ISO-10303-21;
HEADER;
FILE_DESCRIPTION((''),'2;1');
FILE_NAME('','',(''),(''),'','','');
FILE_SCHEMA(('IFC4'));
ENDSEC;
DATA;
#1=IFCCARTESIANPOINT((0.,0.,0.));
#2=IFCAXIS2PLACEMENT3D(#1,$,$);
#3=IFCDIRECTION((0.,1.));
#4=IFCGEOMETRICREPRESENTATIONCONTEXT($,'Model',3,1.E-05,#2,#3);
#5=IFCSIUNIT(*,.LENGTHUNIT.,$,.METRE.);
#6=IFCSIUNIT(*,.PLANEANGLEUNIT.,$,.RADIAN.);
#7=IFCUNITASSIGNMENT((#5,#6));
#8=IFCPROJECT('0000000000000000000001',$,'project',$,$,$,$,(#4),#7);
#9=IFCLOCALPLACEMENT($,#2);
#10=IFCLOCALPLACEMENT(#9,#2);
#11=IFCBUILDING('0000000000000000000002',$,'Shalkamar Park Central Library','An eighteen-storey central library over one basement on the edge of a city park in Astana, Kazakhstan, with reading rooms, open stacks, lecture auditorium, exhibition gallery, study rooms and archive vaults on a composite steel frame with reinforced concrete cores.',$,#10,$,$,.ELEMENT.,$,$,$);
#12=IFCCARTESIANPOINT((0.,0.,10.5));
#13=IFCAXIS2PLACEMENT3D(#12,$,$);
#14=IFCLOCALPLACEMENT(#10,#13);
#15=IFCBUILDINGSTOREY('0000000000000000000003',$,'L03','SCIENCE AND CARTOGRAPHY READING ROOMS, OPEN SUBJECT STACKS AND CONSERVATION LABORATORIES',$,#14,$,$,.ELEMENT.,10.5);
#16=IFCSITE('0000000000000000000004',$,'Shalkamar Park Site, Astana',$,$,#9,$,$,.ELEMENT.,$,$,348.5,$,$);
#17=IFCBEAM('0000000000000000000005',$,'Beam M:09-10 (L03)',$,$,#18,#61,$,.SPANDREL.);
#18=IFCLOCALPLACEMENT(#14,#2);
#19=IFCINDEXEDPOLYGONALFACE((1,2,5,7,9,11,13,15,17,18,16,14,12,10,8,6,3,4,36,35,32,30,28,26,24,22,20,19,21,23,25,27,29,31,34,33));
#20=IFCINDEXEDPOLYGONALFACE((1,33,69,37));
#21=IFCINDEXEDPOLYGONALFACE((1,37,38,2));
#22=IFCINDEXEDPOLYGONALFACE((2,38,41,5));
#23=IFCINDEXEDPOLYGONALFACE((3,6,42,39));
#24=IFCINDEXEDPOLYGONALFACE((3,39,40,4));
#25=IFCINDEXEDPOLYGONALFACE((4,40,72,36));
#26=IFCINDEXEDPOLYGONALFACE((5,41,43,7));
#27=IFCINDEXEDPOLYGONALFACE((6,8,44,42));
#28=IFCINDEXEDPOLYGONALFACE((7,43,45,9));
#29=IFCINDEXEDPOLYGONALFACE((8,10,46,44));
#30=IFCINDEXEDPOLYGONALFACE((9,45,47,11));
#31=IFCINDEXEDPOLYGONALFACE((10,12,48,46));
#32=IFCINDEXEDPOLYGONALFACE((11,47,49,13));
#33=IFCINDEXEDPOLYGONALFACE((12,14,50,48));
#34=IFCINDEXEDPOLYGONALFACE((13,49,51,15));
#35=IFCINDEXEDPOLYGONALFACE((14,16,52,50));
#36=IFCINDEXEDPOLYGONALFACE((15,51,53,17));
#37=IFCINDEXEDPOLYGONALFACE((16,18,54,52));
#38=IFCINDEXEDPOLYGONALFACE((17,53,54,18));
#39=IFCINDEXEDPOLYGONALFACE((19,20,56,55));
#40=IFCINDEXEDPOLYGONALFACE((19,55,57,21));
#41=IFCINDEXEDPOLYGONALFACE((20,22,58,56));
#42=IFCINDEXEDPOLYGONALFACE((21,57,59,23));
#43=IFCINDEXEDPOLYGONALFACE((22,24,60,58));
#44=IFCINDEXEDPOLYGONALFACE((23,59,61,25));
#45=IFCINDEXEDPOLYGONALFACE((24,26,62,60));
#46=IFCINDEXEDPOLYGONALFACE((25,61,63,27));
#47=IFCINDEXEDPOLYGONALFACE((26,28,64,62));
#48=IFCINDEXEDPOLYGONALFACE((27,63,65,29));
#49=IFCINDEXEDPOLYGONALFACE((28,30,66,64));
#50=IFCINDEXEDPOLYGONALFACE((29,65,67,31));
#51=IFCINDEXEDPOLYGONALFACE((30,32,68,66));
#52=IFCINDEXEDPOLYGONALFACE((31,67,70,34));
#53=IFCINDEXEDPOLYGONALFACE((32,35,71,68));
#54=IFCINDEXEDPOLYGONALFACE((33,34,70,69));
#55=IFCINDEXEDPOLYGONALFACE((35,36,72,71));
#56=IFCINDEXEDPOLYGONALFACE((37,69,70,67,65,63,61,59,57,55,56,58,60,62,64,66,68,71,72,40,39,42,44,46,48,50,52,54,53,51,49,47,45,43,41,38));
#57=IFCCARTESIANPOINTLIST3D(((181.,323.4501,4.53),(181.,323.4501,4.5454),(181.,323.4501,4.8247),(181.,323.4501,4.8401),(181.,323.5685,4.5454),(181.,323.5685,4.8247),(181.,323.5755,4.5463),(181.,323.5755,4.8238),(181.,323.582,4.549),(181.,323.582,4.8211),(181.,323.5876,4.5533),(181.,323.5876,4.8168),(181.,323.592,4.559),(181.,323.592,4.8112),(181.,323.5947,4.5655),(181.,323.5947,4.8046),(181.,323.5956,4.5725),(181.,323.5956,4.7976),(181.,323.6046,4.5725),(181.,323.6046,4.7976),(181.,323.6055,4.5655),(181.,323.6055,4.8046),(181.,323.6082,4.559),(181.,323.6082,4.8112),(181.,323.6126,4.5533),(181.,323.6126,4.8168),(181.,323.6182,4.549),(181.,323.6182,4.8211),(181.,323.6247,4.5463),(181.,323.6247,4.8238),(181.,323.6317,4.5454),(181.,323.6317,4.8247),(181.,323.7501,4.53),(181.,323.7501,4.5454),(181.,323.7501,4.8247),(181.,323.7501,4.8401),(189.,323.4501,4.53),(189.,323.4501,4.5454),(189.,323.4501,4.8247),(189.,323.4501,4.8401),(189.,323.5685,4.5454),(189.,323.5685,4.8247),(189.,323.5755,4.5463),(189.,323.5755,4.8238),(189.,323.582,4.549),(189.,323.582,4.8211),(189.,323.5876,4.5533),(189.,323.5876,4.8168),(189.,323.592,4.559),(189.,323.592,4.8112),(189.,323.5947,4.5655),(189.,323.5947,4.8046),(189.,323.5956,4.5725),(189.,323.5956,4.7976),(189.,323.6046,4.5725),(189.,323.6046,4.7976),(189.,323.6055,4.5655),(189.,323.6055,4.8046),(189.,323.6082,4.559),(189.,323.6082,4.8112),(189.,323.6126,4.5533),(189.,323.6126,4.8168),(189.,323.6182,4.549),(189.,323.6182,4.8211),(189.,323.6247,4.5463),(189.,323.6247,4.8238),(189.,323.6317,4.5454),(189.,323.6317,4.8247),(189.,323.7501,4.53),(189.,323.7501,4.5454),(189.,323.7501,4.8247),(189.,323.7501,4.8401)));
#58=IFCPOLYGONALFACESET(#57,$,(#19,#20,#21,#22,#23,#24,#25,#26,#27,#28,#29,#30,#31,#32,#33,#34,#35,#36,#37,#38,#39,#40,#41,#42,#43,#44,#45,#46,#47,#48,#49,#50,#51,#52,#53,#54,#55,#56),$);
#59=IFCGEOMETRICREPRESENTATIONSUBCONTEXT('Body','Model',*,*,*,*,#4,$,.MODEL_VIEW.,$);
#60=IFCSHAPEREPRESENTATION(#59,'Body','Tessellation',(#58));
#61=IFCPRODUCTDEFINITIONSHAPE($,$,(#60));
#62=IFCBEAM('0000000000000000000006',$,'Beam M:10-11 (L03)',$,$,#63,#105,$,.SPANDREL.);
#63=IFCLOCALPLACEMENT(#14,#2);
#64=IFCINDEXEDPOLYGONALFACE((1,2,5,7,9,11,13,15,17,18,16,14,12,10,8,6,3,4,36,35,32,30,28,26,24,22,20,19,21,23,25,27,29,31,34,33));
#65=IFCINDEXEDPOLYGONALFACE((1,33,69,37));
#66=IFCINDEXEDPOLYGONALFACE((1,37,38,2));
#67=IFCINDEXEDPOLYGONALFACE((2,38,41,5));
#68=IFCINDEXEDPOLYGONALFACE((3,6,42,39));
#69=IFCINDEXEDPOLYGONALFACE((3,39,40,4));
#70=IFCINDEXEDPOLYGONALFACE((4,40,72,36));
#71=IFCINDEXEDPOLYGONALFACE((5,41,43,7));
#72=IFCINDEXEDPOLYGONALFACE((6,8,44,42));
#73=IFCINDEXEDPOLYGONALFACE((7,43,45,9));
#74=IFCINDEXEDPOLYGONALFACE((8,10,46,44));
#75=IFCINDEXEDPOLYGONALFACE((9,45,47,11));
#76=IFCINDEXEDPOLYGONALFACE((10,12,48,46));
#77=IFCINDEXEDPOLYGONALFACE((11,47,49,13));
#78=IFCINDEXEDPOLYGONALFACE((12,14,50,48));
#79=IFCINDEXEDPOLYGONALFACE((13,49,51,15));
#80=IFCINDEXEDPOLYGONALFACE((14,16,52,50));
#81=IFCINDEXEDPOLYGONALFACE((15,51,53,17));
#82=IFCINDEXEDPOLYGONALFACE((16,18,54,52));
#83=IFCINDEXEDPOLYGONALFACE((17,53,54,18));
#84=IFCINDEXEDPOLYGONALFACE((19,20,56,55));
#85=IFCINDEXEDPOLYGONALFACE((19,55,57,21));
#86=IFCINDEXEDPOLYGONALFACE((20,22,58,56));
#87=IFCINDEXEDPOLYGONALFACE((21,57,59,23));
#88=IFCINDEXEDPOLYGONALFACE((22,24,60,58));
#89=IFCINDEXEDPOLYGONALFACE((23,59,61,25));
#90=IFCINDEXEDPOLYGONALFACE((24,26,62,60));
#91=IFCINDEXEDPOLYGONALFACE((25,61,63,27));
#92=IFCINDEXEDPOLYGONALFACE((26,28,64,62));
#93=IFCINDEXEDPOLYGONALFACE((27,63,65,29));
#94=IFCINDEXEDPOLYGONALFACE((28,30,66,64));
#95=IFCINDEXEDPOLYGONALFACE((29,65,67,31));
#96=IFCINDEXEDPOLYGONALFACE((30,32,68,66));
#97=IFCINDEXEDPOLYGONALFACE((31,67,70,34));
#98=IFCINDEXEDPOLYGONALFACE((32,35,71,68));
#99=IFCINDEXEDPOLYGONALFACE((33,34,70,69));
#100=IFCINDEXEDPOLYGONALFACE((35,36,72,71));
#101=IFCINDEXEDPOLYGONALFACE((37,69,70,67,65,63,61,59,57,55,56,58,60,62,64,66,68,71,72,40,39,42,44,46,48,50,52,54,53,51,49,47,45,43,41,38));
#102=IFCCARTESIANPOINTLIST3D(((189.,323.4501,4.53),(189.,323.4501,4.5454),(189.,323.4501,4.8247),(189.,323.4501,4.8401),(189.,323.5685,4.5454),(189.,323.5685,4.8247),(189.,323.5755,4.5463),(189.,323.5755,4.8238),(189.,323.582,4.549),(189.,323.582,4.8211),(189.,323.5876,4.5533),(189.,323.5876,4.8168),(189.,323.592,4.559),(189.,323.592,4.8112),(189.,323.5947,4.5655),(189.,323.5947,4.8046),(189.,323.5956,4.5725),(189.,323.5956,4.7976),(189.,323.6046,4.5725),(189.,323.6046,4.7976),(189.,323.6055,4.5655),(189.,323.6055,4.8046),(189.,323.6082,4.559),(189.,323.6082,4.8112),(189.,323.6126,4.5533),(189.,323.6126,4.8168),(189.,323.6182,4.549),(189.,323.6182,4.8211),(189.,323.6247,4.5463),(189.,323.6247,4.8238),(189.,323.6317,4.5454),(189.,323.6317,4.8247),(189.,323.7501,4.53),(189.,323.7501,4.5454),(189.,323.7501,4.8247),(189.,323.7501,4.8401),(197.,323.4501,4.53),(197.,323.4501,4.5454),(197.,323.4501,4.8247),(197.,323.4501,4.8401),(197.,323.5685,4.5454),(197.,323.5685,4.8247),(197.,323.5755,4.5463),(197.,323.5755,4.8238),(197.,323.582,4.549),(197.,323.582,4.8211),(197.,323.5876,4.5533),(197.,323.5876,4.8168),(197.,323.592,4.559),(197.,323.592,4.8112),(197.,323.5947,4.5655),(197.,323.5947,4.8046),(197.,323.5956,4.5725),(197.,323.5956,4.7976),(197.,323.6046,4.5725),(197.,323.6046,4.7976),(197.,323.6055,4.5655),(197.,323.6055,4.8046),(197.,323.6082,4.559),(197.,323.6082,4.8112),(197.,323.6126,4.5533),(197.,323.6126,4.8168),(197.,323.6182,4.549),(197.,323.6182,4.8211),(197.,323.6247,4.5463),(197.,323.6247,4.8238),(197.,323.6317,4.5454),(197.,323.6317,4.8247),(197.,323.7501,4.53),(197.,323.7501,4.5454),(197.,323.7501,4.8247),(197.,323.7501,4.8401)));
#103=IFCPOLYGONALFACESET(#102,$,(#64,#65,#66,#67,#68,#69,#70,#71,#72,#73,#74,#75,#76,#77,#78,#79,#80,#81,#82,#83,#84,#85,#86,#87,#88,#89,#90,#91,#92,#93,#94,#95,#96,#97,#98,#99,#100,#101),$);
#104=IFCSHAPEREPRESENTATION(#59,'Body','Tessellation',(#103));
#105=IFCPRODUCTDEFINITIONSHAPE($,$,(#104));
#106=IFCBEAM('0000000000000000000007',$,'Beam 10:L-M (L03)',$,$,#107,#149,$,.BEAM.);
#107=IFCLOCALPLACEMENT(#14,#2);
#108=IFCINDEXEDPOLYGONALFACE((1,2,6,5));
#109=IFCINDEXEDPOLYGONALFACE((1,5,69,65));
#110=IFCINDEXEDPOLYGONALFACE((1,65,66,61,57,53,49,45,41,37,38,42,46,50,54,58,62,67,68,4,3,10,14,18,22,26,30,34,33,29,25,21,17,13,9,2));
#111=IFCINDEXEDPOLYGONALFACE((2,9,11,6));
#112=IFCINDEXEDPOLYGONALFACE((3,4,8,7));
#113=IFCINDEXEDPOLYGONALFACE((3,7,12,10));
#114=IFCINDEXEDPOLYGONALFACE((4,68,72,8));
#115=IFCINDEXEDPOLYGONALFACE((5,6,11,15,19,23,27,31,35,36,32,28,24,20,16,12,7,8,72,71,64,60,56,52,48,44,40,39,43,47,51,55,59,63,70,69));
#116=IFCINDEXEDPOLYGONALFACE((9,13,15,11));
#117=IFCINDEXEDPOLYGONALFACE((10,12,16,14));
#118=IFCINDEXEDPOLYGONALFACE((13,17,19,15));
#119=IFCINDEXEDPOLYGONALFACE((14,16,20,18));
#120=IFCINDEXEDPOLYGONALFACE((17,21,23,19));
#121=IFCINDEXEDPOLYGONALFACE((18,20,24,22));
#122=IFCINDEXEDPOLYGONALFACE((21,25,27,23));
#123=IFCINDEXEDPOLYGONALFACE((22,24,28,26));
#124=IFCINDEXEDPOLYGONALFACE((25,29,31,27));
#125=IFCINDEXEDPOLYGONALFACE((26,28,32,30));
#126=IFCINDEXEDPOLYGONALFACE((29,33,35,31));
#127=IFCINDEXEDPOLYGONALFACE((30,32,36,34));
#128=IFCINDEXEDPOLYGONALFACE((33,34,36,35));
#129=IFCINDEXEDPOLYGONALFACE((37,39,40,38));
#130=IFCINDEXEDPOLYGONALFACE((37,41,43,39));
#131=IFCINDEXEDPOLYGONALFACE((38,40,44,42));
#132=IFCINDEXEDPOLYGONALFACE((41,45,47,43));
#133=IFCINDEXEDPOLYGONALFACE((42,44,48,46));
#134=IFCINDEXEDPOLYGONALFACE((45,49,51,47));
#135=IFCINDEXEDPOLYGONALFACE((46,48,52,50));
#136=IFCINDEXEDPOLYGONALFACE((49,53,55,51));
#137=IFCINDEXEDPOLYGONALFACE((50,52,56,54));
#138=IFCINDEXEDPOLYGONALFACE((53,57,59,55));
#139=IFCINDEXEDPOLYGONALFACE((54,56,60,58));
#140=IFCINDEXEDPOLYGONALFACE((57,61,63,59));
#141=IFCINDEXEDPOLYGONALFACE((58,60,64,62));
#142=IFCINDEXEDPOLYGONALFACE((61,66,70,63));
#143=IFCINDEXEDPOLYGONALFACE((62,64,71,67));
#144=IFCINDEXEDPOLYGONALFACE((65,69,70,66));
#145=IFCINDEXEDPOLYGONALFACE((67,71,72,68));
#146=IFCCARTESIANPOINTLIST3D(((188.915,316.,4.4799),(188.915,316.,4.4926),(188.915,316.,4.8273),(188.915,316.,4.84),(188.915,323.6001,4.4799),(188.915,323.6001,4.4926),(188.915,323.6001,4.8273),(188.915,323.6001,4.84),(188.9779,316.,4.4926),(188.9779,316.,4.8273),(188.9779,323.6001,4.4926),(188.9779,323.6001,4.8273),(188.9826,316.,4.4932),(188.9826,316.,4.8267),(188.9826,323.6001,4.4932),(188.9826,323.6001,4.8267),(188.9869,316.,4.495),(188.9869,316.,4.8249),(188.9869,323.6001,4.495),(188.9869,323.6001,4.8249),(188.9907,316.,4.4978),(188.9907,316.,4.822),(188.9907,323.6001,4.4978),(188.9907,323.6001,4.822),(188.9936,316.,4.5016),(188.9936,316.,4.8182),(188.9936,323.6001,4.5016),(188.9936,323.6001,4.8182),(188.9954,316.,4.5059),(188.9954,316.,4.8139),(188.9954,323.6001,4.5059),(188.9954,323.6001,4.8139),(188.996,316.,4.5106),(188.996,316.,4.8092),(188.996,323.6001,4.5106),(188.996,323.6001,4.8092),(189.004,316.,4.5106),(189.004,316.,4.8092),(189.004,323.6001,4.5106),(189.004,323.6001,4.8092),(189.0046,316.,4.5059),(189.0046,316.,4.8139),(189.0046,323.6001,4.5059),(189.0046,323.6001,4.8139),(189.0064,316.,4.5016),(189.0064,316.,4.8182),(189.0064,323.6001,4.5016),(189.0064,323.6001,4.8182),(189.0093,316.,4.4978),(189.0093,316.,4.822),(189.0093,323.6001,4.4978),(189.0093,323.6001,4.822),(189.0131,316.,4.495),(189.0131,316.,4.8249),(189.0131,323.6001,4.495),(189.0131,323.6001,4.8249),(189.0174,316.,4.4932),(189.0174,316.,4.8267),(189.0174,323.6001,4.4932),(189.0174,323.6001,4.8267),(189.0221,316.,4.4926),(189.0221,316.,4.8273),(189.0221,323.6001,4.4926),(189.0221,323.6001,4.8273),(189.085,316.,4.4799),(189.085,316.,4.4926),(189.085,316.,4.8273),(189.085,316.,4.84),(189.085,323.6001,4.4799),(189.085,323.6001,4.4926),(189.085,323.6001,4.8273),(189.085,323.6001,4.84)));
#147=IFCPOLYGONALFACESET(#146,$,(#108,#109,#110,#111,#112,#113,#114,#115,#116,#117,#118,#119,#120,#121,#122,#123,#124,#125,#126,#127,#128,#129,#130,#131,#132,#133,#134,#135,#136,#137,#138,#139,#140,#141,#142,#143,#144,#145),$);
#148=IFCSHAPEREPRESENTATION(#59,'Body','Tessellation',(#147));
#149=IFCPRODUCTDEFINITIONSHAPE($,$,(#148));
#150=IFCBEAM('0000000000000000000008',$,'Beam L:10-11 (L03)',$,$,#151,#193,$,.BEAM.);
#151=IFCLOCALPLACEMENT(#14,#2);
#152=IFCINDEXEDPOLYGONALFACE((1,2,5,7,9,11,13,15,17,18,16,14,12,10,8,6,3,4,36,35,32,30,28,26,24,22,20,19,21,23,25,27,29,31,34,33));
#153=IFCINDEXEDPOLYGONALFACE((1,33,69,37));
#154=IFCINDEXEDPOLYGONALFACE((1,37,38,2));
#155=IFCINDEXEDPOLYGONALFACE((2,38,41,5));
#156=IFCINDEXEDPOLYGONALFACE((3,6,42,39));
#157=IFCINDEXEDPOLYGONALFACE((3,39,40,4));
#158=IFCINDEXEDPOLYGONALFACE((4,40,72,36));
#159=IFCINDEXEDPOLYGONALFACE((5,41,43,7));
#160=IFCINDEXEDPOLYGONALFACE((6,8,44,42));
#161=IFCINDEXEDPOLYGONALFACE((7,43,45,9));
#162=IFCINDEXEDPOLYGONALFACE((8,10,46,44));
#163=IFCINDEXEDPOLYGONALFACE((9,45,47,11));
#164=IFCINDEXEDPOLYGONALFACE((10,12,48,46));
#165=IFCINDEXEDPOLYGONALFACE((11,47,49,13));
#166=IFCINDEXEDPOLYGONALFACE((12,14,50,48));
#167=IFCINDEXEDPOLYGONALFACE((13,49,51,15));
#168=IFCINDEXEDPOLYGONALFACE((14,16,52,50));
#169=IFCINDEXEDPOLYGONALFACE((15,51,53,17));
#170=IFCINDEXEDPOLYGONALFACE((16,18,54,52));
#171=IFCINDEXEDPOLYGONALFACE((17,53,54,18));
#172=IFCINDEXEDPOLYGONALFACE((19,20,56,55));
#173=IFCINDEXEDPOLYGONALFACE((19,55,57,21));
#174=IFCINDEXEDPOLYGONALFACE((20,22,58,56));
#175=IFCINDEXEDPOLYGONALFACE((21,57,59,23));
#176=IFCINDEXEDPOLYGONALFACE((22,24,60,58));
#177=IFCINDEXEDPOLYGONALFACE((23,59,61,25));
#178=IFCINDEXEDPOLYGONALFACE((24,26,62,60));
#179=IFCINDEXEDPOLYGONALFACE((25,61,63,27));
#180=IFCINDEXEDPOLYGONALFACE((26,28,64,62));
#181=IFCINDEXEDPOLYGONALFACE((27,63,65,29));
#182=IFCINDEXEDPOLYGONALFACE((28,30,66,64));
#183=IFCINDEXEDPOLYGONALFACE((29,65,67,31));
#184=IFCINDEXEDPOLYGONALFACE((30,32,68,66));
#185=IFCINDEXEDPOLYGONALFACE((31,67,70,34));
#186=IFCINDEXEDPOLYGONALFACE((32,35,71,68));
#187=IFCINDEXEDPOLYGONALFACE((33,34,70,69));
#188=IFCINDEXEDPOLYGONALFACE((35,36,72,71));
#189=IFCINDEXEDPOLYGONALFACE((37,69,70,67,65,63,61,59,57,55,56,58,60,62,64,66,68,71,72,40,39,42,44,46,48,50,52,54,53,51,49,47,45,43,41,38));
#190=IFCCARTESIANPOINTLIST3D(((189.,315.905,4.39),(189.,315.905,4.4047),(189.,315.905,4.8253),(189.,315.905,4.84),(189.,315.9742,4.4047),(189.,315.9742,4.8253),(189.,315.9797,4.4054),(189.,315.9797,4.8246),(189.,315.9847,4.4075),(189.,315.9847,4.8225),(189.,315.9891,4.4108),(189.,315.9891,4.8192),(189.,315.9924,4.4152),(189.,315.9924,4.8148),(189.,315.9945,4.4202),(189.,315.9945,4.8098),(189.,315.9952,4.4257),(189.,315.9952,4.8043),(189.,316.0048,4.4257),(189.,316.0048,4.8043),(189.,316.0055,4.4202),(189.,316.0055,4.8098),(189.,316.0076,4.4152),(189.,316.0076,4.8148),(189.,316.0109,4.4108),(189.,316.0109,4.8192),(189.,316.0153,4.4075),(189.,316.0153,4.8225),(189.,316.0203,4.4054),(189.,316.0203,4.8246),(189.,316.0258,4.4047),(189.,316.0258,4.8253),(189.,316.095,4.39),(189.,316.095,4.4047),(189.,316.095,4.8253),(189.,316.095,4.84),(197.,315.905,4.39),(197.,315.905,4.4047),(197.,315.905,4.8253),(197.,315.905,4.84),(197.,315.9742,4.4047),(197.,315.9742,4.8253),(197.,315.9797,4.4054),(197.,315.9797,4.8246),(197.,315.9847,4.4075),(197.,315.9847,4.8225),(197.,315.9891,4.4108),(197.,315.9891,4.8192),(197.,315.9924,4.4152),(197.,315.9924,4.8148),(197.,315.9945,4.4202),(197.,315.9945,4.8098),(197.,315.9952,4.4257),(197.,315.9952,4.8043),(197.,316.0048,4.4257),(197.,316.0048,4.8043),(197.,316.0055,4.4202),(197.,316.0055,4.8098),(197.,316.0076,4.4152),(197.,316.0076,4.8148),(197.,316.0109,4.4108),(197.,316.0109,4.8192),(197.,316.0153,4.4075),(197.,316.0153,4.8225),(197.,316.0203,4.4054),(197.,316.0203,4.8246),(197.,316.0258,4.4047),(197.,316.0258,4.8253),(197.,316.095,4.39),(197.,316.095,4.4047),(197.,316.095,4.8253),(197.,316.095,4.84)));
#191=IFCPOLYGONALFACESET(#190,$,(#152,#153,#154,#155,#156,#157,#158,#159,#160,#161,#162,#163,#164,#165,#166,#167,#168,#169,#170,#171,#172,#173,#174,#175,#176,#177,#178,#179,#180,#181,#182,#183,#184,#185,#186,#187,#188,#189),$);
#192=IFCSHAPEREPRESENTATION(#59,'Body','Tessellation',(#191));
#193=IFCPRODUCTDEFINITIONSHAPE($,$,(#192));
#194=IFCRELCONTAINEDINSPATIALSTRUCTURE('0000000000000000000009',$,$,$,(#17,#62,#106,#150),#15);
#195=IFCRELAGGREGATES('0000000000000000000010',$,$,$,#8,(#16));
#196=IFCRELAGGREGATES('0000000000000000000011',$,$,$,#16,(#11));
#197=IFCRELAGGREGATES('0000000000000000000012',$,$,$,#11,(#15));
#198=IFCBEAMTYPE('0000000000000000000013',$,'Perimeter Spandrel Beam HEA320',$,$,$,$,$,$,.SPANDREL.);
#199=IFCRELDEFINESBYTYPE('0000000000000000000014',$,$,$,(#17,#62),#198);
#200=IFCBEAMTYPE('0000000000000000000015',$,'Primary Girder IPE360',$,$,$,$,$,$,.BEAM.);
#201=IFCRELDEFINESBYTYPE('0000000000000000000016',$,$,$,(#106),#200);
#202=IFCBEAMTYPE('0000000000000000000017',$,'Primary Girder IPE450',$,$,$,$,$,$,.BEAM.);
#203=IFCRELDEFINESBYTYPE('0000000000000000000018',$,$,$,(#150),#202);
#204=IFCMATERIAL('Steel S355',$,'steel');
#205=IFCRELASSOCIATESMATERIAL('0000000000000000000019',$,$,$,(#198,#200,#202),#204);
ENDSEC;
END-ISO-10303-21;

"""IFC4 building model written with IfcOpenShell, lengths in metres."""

from ifc_helpers import new_model, si_unit, direction, frame, origin, origin_2d, place, context, subcontext, project, spatial, i_section, extrude, material, material_profile, profile_set, type_object, element, save


model = new_model("IFC4")

# Units and contexts
model_context = context("Model", 3, precision=1e-05, world=origin(), true_north=direction((0.0, 1.0)))
body_context = subcontext(model_context, "Body", "Model", "MODEL_VIEW")
ifc_project = project(units=[si_unit("LENGTHUNIT", "METRE"), si_unit("PLANEANGLEUNIT", "RADIAN")], contexts=[model_context])

# Site, building, storey
site_placement = place(None, origin())
site = spatial("IfcSite", under=ifc_project, at=site_placement, Name="Shalkamar Park Site, Astana", CompositionType="ELEMENT", RefElevation=348.5)
building_placement = place(site_placement, origin())
building = spatial("IfcBuilding", under=site, at=building_placement, Name="Shalkamar Park Central Library", Description="An eighteen-storey central library over one basement on the edge of a city park in Astana, Kazakhstan, with reading rooms, open stacks, lecture auditorium, exhibition gallery, study rooms and archive vaults on a composite steel frame with reinforced concrete cores.", CompositionType="ELEMENT")
storey_placement = place(building_placement, frame((0.0, 0.0, 10.5)))
storey = spatial("IfcBuildingStorey", under=building, at=storey_placement, Name="L03", Description="SCIENCE AND CARTOGRAPHY READING ROOMS, OPEN SUBJECT STACKS AND CONSERVATION LABORATORIES", CompositionType="ELEMENT", Elevation=10.5)

# Shared definitions
ifc_material_1 = material(Name="Steel S355", Category="steel")

# Beams
ifc_material_profile_1 = material_profile(ifc_material_1, i_section(OverallWidth=0.3, OverallDepth=0.3101, WebThickness=0.009, FlangeThickness=0.0154, FilletRadius=0.0271, at=origin_2d()), Name="HEA 320")
ifc_profile_set_1 = profile_set([ifc_material_profile_1], Name="Steel S355")
beam_type_1 = type_object("IfcBeamType", Name="Perimeter Spandrel Beam HEA320", PredefinedType="SPANDREL", material=ifc_profile_set_1)
for number, where, z_axis, x_axis, name in (
    (1, (181.0, 323.6001, 4.6851), (1.0, 0.0, 0.0), (0.0, 1.0, 0.0), "Beam M:09-10 (L03)"),
    (2, (189.0, 323.6001, 4.6851), (1.0, 0.0, 0.0), (0.0, 1.0, 0.0), "Beam M:10-11 (L03)"),
):
    element("IfcBeam", number, at=place(storey_placement, frame(where, z_axis=z_axis, x_axis=x_axis)), inside=storey, type_object=beam_type_1, Name=name, PredefinedType="SPANDREL", context=body_context, shape_type="SweptSolid", body=[
        extrude(i_section(OverallWidth=0.3, OverallDepth=0.3101, WebThickness=0.009, FlangeThickness=0.0154, FilletRadius=0.0271, at=origin_2d()), origin(), (0.0, 0.0, 1.0), 8.0),
    ])
ifc_material_profile_2 = material_profile(ifc_material_1, i_section(OverallWidth=0.1699, OverallDepth=0.3601, WebThickness=0.0081, FlangeThickness=0.0127, FilletRadius=0.0181, at=origin_2d()), Name="IPE 360")
ifc_profile_set_2 = profile_set([ifc_material_profile_2], Name="Steel S355")
beam_type_2 = type_object("IfcBeamType", Name="Primary Girder IPE360", PredefinedType="BEAM", material=ifc_profile_set_2)
beam_1_placement = place(storey_placement, frame((189.0, 316.0, 4.6599), z_axis=(0.0, 1.0, 0.0), x_axis=(-1.0, 0.0, 0.0)))
element("IfcBeam", 3, at=beam_1_placement, inside=storey, type_object=beam_type_2, Name="Beam 10:L-M (L03)", PredefinedType="BEAM", context=body_context, shape_type="SweptSolid", body=[
    extrude(i_section(OverallWidth=0.1699, OverallDepth=0.3601, WebThickness=0.0081, FlangeThickness=0.0127, FilletRadius=0.0181, at=origin_2d()), origin(), (0.0, 0.0, 1.0), 7.6001),
])
ifc_material_profile_3 = material_profile(ifc_material_1, i_section(OverallWidth=0.1899, OverallDepth=0.45, WebThickness=0.0095, FlangeThickness=0.0146, FilletRadius=0.021, at=origin_2d()), Name="IPE 450")
ifc_profile_set_3 = profile_set([ifc_material_profile_3], Name="Steel S355")
beam_type_3 = type_object("IfcBeamType", Name="Primary Girder IPE450", PredefinedType="BEAM", material=ifc_profile_set_3)
beam_2_placement = place(storey_placement, frame((189.0, 316.0, 4.615), z_axis=(1.0, 0.0, 0.0), x_axis=(0.0, 1.0, 0.0)))
element("IfcBeam", 4, at=beam_2_placement, inside=storey, type_object=beam_type_3, Name="Beam L:10-11 (L03)", PredefinedType="BEAM", context=body_context, shape_type="SweptSolid", body=[
    extrude(i_section(OverallWidth=0.1899, OverallDepth=0.45, WebThickness=0.0095, FlangeThickness=0.0146, FilletRadius=0.021, at=origin_2d()), origin(), (0.0, 0.0, 1.0), 8.0),
])

save(model, "model.ifc")
